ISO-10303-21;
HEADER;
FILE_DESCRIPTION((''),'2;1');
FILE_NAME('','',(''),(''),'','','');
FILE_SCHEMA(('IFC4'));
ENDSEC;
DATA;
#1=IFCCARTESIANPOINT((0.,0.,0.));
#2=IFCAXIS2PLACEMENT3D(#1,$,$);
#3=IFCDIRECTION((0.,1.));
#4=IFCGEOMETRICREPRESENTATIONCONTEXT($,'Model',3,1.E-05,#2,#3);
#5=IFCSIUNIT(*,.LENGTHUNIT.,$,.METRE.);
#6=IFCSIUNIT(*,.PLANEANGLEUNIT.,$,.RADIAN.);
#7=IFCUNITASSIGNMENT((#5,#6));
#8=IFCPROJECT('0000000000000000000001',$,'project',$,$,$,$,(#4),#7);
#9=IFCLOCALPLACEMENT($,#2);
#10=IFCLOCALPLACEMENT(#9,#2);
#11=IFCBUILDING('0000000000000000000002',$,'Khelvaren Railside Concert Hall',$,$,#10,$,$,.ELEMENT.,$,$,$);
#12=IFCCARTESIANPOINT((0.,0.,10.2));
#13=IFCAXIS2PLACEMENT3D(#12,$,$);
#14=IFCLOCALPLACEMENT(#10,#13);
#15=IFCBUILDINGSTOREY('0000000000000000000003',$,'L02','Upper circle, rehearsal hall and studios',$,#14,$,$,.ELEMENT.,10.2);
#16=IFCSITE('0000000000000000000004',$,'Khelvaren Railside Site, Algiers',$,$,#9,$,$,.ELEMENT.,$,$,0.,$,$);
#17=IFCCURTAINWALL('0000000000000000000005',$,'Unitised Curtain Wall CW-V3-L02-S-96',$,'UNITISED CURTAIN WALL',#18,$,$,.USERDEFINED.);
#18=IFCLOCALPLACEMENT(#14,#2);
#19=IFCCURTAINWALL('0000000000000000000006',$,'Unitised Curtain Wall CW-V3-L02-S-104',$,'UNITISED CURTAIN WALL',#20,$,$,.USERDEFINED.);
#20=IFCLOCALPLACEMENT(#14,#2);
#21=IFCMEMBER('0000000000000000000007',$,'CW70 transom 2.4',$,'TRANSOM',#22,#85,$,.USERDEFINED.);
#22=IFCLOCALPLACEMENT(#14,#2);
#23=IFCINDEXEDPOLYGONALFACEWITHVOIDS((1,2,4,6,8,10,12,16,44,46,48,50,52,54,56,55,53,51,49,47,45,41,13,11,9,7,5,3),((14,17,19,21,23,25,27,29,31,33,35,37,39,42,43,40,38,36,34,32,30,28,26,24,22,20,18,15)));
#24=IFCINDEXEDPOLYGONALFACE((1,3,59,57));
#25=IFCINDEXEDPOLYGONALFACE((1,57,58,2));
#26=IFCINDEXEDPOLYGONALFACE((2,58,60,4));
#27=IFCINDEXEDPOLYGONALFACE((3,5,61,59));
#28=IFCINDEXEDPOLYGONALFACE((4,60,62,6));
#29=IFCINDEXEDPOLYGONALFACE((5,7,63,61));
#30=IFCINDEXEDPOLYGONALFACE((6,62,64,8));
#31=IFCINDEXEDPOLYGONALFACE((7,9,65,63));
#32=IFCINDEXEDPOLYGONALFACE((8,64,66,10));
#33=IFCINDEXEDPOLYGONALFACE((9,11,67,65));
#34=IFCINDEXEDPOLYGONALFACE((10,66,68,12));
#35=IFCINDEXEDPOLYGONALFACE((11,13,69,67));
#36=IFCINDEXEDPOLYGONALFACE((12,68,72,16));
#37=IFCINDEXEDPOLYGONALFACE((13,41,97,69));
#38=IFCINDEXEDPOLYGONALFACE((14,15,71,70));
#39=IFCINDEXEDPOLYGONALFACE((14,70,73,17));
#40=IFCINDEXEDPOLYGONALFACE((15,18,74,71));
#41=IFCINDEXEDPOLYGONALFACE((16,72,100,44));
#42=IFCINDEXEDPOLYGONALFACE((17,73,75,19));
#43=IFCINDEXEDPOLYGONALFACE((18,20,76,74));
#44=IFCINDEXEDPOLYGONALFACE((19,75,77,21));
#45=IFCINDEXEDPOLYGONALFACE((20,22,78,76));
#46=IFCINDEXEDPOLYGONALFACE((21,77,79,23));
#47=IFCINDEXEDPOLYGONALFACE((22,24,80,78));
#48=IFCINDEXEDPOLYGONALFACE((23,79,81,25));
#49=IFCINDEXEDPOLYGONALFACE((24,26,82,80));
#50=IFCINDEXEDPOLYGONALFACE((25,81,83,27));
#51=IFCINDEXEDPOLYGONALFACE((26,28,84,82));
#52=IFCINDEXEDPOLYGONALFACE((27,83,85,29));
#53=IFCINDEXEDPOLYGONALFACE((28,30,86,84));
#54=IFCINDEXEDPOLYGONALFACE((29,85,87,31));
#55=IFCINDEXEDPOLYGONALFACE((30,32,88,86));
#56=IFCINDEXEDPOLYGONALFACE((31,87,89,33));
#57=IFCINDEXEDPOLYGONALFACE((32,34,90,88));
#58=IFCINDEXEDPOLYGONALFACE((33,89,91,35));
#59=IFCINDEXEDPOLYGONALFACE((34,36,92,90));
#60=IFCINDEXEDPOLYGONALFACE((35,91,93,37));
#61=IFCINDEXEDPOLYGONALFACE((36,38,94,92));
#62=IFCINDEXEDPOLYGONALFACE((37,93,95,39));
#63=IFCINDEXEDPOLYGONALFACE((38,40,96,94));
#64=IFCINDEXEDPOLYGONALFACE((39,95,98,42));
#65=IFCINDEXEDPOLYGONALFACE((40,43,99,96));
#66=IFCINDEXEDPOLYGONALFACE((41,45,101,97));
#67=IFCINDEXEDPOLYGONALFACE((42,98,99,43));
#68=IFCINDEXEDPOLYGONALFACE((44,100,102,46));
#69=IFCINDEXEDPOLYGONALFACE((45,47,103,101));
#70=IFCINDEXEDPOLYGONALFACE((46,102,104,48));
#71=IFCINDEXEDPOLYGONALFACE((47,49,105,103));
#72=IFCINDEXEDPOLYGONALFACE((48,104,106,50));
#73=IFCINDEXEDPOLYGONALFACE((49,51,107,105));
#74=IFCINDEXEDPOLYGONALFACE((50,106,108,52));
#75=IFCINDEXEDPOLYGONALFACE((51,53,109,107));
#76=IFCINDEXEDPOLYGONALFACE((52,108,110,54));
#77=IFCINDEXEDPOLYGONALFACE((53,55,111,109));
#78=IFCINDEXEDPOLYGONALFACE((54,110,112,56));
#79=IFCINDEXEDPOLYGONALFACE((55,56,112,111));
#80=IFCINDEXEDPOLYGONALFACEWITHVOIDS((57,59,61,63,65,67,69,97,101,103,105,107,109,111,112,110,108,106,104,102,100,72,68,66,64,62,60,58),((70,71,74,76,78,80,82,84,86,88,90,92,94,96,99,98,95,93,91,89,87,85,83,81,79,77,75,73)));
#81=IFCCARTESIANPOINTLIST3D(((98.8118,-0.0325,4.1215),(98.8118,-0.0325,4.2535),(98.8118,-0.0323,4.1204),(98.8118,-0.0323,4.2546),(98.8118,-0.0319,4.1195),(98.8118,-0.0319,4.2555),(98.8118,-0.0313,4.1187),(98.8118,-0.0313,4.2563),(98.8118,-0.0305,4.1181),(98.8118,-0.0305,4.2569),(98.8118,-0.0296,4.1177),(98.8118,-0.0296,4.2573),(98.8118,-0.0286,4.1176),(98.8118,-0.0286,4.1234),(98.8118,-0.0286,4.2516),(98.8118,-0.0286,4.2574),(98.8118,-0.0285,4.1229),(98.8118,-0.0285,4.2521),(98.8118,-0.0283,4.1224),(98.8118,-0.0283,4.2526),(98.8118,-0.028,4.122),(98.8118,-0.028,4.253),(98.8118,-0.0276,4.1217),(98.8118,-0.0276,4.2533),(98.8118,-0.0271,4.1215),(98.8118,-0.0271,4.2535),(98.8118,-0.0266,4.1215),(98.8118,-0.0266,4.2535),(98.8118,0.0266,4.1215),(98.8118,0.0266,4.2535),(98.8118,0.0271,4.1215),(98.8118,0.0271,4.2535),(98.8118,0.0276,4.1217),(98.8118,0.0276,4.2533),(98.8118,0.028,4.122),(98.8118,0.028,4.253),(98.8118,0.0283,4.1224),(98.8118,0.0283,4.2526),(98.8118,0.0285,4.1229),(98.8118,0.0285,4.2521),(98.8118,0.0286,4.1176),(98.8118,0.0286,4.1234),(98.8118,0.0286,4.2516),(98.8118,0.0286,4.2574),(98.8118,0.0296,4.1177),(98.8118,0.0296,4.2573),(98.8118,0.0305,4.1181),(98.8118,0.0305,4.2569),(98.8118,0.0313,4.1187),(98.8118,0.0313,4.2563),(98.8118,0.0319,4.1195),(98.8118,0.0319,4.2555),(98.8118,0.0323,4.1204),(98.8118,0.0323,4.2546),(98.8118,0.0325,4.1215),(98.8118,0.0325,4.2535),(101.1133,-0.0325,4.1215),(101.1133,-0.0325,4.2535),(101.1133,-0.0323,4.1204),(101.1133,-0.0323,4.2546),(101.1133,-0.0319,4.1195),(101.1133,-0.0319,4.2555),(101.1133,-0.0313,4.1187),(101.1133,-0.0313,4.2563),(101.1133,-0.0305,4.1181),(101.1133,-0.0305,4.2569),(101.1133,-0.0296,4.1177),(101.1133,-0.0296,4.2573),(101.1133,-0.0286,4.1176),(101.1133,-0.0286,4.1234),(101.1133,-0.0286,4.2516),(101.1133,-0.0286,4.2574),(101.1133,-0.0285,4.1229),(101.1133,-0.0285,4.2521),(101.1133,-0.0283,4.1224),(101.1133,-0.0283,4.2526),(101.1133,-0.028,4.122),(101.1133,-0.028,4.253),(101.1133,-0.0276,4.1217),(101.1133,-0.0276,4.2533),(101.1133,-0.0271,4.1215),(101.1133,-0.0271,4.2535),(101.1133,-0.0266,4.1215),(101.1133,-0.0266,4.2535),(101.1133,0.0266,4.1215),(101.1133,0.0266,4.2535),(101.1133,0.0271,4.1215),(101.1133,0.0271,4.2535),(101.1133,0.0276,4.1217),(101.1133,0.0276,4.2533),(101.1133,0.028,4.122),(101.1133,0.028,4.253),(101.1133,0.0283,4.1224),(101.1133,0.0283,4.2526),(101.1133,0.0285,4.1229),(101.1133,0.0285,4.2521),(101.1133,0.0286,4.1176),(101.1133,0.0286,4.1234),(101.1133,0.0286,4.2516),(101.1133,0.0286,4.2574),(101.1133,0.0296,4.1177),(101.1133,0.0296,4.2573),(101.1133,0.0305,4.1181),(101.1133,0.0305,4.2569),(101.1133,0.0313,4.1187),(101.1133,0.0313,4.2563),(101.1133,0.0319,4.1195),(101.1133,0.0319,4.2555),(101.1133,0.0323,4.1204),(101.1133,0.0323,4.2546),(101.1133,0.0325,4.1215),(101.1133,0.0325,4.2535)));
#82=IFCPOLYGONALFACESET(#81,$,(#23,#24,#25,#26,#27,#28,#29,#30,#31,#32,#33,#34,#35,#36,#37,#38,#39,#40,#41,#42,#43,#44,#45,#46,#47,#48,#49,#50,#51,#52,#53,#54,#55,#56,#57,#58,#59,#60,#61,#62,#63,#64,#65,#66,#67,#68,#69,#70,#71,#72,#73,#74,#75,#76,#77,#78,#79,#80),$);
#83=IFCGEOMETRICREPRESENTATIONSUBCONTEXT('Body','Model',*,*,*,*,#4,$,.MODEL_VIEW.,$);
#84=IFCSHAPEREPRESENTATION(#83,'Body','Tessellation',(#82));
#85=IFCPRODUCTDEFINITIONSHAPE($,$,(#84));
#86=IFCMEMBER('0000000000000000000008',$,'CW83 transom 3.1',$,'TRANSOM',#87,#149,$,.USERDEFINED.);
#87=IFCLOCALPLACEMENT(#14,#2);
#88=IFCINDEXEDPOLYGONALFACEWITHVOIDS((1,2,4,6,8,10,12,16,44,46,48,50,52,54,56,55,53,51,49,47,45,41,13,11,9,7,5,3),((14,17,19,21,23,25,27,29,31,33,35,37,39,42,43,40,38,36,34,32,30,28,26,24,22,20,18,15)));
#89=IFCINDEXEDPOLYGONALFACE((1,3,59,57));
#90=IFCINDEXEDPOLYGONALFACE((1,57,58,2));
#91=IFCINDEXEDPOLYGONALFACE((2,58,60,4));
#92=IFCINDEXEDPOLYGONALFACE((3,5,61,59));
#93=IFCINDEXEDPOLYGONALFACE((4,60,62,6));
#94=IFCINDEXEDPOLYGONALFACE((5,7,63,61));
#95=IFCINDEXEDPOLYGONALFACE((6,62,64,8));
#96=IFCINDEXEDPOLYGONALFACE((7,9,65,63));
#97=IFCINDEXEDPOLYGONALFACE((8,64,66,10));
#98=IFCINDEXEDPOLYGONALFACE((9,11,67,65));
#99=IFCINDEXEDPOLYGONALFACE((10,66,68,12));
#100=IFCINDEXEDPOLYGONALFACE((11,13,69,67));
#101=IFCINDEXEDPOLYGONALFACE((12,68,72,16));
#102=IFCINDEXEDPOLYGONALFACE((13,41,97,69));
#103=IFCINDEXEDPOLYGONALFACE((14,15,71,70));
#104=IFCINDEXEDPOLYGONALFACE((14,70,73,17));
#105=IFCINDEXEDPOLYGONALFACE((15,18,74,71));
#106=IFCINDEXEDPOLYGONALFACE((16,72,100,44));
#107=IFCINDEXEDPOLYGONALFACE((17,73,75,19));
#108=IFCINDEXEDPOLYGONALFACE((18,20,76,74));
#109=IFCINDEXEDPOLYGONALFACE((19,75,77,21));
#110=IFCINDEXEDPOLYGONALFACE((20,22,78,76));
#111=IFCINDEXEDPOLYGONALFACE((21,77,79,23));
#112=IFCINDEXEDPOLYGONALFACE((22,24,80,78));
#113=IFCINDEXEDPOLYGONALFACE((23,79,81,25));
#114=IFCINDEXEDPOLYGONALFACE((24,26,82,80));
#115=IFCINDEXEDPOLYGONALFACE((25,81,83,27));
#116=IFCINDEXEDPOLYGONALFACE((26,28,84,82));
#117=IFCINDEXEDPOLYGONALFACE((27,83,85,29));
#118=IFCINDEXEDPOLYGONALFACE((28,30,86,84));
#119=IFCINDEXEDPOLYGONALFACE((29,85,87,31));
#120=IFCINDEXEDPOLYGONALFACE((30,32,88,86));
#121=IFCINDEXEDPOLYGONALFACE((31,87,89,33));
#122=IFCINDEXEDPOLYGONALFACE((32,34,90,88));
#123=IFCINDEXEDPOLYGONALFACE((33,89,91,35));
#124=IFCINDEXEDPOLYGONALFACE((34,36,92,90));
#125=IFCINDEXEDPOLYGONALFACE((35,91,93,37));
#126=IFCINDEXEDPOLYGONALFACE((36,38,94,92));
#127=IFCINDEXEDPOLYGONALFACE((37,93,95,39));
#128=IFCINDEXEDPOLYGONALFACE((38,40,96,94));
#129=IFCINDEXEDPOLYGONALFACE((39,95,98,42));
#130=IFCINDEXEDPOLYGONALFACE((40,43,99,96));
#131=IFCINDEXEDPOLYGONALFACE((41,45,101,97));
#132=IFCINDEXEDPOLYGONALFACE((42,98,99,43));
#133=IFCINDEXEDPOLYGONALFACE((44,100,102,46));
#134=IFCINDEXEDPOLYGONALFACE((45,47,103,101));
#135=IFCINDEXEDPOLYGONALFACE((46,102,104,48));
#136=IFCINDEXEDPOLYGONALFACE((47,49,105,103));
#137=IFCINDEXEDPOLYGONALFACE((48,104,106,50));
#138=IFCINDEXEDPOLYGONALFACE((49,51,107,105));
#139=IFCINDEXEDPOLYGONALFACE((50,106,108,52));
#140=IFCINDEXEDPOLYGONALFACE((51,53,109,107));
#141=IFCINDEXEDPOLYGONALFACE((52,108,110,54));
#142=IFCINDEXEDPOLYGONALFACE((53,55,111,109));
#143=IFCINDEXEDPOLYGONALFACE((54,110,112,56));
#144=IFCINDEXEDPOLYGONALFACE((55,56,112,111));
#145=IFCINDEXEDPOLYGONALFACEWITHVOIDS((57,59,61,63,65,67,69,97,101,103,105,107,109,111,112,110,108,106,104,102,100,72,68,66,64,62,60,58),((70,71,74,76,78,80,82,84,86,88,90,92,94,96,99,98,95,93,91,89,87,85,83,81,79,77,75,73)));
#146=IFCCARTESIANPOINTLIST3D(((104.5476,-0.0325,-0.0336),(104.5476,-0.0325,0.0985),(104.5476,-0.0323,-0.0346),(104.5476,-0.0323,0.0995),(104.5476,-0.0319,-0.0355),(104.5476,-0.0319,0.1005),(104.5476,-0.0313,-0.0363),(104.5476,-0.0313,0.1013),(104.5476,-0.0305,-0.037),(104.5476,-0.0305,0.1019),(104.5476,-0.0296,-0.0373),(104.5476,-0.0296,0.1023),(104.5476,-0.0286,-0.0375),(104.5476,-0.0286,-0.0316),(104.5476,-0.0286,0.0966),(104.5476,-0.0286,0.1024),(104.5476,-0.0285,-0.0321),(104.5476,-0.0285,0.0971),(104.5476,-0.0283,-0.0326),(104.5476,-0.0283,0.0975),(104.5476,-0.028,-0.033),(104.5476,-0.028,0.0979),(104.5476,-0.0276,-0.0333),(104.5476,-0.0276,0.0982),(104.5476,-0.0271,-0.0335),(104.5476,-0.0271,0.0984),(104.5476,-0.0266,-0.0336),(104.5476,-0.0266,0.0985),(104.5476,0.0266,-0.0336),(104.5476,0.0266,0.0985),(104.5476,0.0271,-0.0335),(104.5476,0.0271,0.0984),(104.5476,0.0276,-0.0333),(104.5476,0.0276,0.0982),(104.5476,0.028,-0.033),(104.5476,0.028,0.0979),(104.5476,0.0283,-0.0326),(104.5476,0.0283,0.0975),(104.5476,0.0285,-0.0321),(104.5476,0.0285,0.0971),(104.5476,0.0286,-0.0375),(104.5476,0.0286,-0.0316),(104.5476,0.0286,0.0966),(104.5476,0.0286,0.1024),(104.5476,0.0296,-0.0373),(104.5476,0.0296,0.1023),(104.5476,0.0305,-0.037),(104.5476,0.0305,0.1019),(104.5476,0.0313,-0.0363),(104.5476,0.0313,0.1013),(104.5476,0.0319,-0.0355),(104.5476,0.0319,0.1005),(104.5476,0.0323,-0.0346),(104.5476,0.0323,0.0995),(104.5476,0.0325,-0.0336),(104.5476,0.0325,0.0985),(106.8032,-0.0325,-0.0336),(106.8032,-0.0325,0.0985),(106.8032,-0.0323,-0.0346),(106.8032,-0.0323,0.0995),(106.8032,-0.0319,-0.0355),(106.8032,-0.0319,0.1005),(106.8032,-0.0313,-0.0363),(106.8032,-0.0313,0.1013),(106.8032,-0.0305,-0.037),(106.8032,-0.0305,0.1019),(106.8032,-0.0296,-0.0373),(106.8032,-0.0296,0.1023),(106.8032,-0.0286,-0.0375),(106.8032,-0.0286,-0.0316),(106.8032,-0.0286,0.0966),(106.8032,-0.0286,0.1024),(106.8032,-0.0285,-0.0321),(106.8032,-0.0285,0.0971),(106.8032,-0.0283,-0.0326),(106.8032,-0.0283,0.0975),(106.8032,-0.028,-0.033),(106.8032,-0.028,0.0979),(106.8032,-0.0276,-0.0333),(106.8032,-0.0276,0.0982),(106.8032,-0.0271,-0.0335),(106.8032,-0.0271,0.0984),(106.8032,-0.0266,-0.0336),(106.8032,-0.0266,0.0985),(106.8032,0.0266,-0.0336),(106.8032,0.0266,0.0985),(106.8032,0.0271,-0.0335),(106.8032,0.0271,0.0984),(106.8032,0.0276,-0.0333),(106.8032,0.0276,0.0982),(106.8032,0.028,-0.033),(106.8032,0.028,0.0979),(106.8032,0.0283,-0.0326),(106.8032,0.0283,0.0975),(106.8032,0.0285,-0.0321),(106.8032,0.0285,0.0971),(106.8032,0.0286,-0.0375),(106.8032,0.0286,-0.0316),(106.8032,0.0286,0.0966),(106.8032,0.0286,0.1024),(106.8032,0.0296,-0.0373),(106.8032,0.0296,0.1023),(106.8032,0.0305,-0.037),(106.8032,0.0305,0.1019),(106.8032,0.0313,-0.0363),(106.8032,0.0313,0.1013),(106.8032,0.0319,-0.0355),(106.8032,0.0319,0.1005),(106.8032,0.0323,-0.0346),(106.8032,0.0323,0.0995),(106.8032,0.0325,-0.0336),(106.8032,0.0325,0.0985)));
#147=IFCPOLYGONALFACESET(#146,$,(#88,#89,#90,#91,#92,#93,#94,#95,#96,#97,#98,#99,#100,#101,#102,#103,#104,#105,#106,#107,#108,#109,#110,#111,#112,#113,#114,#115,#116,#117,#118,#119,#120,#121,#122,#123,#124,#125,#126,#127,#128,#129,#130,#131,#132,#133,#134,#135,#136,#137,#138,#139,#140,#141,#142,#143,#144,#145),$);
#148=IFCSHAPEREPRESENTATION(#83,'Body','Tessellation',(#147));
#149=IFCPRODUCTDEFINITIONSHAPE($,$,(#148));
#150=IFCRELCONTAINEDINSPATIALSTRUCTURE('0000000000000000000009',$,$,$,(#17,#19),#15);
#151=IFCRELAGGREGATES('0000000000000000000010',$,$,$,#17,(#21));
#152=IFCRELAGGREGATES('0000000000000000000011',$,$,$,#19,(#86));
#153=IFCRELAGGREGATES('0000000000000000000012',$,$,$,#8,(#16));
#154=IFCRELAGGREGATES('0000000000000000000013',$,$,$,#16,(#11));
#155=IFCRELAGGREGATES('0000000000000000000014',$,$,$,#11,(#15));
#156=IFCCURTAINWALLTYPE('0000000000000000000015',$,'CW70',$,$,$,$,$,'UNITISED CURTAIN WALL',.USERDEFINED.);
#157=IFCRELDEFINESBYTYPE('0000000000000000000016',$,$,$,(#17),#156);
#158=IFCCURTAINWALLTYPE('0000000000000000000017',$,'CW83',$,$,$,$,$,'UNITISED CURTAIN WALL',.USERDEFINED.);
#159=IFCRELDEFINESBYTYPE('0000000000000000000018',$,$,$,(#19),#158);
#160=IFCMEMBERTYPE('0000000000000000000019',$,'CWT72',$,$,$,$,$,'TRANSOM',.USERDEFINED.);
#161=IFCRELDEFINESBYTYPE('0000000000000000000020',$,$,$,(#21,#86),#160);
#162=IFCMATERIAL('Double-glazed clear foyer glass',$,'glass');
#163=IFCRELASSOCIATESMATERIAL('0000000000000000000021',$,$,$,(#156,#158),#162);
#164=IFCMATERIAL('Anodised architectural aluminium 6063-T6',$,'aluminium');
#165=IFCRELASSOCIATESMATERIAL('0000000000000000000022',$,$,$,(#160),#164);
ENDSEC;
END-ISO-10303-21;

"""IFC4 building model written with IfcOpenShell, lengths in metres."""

from ifc_helpers import new_model, si_unit, direction, frame, origin, origin_2d, place, context, subcontext, project, spatial, hollow_rectangle, extrude, material, material_profile, profile_set, type_object, element, aggregate, save


model = new_model("IFC4")

# Units and contexts
model_context = context("Model", 3, precision=1e-05, world=origin(), true_north=direction((0.0, 1.0)))
body_context = subcontext(model_context, "Body", "Model", "MODEL_VIEW")
ifc_project = project(units=[si_unit("LENGTHUNIT", "METRE"), si_unit("PLANEANGLEUNIT", "RADIAN")], contexts=[model_context])

# Site, building, storey
site_placement = place(None, origin())
site = spatial("IfcSite", under=ifc_project, at=site_placement, Name="Khelvaren Railside Site, Algiers", CompositionType="ELEMENT", RefElevation=0.0)
building_placement = place(site_placement, origin())
building = spatial("IfcBuilding", under=site, at=building_placement, Name="Khelvaren Railside Concert Hall", CompositionType="ELEMENT")
storey_placement = place(building_placement, frame((0.0, 0.0, 10.2)))
storey = spatial("IfcBuildingStorey", under=building, at=storey_placement, Name="L02", Description="Upper circle, rehearsal hall and studios", CompositionType="ELEMENT", Elevation=10.2)

# Curtain walls
ifc_material_1 = material(Name="Double-glazed clear foyer glass", Category="glass")
curtain_wall_type_1 = type_object("IfcCurtainWallType", Name="CW70", ElementType="UNITISED CURTAIN WALL", PredefinedType="USERDEFINED", material=ifc_material_1)
curtain_wall_1_placement = place(storey_placement, origin())
curtain_wall_1 = element("IfcCurtainWall", 1, at=curtain_wall_1_placement, inside=storey, type_object=curtain_wall_type_1, Name="Unitised Curtain Wall CW-V3-L02-S-96", ObjectType="UNITISED CURTAIN WALL", PredefinedType="USERDEFINED")
ifc_material_2 = material(Name="Anodised architectural aluminium 6063-T6", Category="aluminium")
curtain_wall_type_2 = type_object("IfcCurtainWallType", Name="CW83", ElementType="UNITISED CURTAIN WALL", PredefinedType="USERDEFINED", material=ifc_material_1)
curtain_wall_2_placement = place(storey_placement, origin())
curtain_wall_2 = element("IfcCurtainWall", 2, at=curtain_wall_2_placement, inside=storey, type_object=curtain_wall_type_2, Name="Unitised Curtain Wall CW-V3-L02-S-104", ObjectType="UNITISED CURTAIN WALL", PredefinedType="USERDEFINED")

# Members
ifc_material_profile_1 = material_profile(ifc_material_2, hollow_rectangle(XDim=0.0649, YDim=0.1399, WallThickness=0.0039, InnerFilletRadius=0.002, OuterFilletRadius=0.0039, at=origin_2d()), Name="CWT 65x140x4")
ifc_profile_set_1 = profile_set([ifc_material_profile_1], Name="Anodised architectural aluminium 6063-T6")
member_type_1 = type_object("IfcMemberType", Name="CWT72", ElementType="TRANSOM", PredefinedType="USERDEFINED", material=ifc_profile_set_1)
member_1_placement = place(storey_placement, frame((101.1133, 0.0, 4.1875), z_axis=(-1.0, 0.0, 0.0), x_axis=(0.0, -1.0, 0.0)))
member_1 = element("IfcMember", 3, at=member_1_placement, type_object=member_type_1, Name="CW70 transom 2.4", ObjectType="TRANSOM", PredefinedType="USERDEFINED", context=body_context, shape_type="SweptSolid", body=[
    extrude(hollow_rectangle(XDim=0.0649, YDim=0.1399, WallThickness=0.0039, InnerFilletRadius=0.002, OuterFilletRadius=0.0039, at=origin_2d()), origin(), (0.0, 0.0, 1.0), 2.3015),
])
member_2_placement = place(storey_placement, frame((106.8032, 0.0, 0.0325), z_axis=(-1.0, 0.0, 0.0), x_axis=(0.0, -1.0, 0.0)))
member_2 = element("IfcMember", 4, at=member_2_placement, type_object=member_type_1, Name="CW83 transom 3.1", ObjectType="TRANSOM", PredefinedType="USERDEFINED", context=body_context, shape_type="SweptSolid", body=[
    extrude(hollow_rectangle(XDim=0.0649, YDim=0.1399, WallThickness=0.0039, InnerFilletRadius=0.002, OuterFilletRadius=0.0039, at=origin_2d()), origin(), (0.0, 0.0, 1.0), 2.2556),
])

aggregate(curtain_wall_1, [member_1])
aggregate(curtain_wall_2, [member_2])

save(model, "model.ifc")
